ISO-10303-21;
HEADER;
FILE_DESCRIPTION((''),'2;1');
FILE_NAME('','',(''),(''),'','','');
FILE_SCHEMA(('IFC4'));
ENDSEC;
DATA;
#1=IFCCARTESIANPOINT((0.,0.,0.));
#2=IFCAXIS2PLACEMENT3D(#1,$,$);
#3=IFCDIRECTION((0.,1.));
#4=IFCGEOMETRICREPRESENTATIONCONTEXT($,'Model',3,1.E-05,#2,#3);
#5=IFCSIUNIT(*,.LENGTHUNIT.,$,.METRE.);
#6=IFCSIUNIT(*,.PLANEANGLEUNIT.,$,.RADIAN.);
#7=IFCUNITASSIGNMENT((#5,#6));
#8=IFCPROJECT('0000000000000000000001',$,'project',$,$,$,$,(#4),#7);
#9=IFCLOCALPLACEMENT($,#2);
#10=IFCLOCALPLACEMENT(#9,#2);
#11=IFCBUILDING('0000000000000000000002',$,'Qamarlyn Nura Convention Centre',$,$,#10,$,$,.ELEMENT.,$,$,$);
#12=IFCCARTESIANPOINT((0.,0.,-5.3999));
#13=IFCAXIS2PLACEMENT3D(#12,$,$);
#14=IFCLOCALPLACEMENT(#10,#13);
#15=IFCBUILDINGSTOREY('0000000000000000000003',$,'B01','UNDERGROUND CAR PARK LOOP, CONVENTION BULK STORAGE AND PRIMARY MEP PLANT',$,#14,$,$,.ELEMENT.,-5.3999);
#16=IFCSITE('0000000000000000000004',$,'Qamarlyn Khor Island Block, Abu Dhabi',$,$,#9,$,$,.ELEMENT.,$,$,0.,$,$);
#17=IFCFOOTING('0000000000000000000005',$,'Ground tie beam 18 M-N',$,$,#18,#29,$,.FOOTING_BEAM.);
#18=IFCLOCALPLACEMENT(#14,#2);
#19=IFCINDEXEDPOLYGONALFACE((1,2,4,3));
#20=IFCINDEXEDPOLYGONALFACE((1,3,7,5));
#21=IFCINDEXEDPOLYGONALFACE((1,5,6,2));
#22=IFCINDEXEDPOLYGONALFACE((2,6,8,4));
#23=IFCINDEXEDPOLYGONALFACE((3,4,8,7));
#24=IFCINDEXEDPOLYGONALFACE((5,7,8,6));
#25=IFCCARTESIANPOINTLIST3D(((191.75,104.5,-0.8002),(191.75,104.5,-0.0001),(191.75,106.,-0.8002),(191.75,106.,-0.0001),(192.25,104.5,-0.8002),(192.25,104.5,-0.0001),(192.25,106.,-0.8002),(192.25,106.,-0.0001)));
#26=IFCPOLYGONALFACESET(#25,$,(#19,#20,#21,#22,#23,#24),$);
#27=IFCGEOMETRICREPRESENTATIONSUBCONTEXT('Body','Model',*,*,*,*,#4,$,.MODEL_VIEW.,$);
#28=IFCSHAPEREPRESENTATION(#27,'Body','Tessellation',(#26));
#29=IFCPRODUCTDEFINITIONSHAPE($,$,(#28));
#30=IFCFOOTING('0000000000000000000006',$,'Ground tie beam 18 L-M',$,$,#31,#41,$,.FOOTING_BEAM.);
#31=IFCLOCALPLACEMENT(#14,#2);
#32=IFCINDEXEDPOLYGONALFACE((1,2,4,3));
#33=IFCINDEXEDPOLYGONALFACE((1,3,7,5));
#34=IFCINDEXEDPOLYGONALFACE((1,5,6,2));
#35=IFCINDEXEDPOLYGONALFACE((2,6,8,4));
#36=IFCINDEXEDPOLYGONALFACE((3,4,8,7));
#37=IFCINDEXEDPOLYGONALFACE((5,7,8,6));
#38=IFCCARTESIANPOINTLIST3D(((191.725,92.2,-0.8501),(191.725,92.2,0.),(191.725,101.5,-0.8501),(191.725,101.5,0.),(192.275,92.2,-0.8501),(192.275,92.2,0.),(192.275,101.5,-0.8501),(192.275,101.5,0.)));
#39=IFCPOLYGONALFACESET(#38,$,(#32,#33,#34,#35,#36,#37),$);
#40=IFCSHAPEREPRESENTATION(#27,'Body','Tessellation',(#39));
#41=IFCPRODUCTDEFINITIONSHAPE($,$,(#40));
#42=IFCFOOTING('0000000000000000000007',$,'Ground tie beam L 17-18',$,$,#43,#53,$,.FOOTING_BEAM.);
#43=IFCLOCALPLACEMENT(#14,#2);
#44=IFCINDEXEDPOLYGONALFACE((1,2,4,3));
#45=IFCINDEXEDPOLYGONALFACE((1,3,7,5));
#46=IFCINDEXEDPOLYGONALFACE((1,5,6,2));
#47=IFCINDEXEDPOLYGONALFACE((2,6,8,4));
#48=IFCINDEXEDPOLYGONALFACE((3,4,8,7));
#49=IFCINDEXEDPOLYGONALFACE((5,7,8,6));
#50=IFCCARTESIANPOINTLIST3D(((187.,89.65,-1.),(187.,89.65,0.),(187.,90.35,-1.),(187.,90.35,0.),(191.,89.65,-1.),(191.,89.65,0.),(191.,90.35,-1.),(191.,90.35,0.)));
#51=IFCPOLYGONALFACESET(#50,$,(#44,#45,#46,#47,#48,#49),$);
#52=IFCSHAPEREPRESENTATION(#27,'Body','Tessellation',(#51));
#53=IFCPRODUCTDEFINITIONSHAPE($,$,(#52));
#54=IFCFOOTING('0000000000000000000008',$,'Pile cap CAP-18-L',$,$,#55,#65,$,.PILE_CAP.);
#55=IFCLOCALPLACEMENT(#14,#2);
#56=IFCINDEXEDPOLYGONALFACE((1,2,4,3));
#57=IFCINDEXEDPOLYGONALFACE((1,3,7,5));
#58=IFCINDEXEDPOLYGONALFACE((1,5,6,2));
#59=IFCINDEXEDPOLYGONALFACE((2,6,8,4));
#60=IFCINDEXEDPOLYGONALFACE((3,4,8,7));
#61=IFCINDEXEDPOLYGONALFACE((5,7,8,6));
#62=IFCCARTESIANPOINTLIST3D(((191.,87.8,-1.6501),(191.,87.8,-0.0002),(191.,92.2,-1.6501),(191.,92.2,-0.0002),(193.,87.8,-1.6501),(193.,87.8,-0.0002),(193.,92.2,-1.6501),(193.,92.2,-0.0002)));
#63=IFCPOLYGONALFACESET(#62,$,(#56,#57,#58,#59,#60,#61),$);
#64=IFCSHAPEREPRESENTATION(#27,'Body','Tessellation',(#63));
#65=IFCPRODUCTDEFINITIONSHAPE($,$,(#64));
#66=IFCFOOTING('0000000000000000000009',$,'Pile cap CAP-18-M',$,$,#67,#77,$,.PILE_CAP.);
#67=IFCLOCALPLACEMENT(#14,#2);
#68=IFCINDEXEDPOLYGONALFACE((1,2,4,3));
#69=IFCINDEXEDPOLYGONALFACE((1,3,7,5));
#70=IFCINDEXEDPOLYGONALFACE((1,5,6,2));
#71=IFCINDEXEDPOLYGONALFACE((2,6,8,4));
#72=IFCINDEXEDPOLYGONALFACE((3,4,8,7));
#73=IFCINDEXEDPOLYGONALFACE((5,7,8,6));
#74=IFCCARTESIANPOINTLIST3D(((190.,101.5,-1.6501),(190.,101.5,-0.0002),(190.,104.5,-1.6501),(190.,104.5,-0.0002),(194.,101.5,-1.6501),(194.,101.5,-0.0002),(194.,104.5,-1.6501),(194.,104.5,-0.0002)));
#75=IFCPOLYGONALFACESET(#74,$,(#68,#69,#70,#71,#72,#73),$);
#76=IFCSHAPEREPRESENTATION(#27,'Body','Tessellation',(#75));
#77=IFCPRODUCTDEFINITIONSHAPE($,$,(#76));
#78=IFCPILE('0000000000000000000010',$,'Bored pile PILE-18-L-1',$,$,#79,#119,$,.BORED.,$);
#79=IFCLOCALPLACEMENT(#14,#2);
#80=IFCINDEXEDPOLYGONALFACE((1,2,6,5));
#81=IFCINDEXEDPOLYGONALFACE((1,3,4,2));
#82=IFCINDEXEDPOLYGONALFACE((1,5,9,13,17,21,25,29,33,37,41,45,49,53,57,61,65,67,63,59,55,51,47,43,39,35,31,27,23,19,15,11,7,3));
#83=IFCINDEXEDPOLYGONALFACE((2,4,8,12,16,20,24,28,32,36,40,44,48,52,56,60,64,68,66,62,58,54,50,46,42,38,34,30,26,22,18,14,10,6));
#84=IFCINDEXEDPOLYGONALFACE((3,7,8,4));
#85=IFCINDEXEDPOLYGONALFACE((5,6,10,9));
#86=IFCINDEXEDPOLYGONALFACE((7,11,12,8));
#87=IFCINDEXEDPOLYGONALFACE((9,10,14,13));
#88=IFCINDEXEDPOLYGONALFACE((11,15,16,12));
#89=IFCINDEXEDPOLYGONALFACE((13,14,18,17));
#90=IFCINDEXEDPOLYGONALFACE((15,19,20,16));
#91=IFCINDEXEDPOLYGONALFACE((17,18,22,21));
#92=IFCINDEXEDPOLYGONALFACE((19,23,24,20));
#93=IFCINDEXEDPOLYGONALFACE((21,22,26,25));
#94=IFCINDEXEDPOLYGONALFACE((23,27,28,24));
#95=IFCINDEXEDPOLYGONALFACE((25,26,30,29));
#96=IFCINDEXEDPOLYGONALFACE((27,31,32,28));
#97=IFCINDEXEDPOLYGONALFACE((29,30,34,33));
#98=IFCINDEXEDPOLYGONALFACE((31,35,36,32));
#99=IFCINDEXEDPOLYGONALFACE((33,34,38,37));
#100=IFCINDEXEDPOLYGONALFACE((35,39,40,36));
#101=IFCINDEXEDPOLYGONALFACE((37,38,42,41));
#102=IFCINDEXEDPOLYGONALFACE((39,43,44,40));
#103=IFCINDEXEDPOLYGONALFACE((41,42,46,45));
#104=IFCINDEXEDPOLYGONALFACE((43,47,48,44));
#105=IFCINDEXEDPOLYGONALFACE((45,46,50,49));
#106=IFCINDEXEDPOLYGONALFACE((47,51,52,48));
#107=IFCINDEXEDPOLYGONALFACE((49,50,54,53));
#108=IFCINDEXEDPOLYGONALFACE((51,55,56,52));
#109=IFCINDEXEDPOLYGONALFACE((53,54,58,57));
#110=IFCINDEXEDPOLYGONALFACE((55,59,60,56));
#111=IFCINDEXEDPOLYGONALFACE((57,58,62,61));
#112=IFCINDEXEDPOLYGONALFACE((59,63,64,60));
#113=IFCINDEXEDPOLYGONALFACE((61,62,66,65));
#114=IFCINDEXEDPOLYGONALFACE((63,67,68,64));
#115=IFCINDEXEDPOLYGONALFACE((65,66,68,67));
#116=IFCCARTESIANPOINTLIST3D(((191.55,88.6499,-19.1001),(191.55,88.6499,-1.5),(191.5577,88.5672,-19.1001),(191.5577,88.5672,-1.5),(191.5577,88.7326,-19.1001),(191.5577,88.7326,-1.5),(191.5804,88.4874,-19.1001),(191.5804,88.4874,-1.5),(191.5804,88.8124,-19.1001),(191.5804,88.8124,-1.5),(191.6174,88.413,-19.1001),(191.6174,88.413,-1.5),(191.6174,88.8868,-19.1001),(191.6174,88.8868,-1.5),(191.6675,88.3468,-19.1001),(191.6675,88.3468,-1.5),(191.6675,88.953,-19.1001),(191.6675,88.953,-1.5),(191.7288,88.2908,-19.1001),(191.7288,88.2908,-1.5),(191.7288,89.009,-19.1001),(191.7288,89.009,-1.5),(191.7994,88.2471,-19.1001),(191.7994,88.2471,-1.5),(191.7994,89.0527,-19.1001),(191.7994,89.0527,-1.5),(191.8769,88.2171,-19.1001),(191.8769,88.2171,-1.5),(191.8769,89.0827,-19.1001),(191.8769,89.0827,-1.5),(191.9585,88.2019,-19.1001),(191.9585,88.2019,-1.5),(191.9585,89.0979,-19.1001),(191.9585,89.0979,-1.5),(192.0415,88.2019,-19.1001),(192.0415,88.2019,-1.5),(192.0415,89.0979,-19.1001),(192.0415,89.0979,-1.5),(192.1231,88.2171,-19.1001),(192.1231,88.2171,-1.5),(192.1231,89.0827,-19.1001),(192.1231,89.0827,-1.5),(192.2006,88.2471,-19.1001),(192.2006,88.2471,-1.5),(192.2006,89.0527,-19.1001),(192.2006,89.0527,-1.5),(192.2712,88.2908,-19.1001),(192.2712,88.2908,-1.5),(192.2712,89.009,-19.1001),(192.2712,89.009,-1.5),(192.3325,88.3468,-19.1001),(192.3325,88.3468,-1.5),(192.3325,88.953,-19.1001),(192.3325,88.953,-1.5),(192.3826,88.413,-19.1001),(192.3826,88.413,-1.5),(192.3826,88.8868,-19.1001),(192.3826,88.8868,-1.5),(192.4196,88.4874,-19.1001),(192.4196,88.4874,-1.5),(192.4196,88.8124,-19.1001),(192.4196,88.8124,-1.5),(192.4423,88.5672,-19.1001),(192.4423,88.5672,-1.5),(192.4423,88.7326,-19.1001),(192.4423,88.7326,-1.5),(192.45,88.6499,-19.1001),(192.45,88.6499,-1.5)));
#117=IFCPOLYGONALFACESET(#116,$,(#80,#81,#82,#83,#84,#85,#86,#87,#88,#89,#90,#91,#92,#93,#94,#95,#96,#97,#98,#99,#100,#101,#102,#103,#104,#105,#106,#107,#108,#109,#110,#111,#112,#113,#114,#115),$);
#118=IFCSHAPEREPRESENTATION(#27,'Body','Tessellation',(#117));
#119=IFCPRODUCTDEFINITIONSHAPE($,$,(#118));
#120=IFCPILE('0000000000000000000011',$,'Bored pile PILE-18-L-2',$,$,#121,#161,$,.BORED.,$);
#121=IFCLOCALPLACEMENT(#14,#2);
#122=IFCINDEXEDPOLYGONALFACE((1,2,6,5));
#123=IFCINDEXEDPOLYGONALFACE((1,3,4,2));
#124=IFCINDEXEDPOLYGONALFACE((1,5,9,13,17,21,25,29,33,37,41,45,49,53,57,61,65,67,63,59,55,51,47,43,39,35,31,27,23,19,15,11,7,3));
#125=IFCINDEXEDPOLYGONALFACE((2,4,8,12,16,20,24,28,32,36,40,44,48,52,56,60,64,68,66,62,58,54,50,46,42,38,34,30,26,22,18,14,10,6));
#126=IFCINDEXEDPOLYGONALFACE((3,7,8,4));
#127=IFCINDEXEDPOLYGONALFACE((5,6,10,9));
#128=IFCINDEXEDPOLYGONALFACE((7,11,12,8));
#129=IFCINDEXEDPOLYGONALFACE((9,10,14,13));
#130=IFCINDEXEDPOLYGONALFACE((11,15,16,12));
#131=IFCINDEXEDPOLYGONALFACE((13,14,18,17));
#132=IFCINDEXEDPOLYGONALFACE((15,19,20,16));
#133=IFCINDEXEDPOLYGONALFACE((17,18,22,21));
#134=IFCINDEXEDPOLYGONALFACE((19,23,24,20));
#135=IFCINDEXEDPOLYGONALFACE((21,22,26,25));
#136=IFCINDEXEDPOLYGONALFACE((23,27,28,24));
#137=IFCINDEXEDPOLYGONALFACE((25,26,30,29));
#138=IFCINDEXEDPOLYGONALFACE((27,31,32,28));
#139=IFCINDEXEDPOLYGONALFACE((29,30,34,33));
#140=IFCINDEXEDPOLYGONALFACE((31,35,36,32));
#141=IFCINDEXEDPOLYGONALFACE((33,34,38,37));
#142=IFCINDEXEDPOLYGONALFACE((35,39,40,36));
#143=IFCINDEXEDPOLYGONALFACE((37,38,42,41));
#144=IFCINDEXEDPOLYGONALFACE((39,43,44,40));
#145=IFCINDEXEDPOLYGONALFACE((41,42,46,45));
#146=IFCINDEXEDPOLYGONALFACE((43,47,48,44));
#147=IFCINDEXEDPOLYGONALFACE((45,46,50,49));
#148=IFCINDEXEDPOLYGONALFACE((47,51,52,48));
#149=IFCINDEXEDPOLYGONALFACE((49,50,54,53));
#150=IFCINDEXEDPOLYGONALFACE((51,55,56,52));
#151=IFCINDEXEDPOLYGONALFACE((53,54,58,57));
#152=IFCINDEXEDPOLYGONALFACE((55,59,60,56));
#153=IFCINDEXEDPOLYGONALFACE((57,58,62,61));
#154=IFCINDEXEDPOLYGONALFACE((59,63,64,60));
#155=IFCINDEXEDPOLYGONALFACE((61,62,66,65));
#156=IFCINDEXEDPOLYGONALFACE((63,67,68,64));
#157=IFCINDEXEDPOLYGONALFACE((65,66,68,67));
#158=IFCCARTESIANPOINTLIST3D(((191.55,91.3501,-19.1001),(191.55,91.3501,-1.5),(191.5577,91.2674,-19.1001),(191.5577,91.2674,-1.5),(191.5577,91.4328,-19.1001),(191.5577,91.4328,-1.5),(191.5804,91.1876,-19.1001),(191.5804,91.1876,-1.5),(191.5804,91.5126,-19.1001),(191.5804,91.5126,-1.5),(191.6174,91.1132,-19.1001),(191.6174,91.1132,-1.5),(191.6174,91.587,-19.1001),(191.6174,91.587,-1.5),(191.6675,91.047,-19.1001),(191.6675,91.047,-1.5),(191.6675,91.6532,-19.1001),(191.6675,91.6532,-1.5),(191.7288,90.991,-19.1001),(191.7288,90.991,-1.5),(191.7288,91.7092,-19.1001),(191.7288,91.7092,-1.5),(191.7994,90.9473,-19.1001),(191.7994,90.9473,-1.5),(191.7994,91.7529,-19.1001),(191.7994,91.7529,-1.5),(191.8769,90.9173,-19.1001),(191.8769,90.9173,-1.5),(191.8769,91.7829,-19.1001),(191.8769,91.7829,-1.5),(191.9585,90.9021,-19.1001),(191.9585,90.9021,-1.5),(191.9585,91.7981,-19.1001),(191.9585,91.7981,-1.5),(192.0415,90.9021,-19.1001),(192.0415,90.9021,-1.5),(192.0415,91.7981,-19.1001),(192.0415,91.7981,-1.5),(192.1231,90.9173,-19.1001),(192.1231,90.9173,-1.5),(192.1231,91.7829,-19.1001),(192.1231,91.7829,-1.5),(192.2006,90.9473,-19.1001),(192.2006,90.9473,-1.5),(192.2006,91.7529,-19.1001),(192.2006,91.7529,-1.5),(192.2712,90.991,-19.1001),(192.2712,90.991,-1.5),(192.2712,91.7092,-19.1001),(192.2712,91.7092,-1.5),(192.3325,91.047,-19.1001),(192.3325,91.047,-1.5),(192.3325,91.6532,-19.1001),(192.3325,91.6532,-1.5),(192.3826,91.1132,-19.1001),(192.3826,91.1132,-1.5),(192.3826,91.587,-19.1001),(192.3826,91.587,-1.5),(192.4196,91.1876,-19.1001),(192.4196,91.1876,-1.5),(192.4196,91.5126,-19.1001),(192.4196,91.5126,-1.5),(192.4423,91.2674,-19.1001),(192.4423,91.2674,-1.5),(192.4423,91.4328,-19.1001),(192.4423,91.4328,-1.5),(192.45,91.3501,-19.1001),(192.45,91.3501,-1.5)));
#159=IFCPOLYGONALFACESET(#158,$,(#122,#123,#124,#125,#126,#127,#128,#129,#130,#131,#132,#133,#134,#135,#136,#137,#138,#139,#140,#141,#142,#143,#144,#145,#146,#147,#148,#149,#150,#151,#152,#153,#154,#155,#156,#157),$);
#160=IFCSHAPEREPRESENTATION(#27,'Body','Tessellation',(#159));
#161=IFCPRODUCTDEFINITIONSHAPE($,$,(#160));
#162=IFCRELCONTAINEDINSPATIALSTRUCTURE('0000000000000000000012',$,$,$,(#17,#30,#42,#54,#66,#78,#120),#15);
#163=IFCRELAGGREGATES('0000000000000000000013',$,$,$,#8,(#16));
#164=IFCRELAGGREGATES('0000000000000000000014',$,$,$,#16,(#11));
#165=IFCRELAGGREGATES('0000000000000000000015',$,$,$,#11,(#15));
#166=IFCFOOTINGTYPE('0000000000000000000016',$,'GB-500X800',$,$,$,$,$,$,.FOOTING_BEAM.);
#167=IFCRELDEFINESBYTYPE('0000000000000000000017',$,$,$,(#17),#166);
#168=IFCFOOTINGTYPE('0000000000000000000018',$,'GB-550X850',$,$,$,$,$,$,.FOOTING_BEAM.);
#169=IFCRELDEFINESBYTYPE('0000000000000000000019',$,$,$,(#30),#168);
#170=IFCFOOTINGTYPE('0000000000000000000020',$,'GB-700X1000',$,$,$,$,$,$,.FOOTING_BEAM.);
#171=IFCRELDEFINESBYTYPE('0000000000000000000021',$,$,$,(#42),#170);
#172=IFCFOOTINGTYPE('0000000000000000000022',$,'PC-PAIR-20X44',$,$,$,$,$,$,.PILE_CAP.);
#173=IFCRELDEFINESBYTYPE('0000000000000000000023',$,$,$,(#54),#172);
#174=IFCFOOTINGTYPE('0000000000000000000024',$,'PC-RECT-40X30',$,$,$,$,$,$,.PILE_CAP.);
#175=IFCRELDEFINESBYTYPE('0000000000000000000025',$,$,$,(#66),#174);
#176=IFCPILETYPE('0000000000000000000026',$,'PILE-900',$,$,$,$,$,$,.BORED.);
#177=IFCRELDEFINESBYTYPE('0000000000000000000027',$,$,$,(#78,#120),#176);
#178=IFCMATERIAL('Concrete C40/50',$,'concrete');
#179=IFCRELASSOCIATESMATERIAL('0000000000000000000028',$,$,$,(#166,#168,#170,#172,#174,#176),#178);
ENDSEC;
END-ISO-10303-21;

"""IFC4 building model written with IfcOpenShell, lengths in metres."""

from ifc_helpers import new_model, si_unit, direction, frame, origin, origin_2d, place, context, subcontext, project, spatial, rectangle, circle, extrude, material, material_profile, profile_set, type_object, element, save


model = new_model("IFC4")

# Units and contexts
model_context = context("Model", 3, precision=1e-05, world=origin(), true_north=direction((0.0, 1.0)))
body_context = subcontext(model_context, "Body", "Model", "MODEL_VIEW")
ifc_project = project(units=[si_unit("LENGTHUNIT", "METRE"), si_unit("PLANEANGLEUNIT", "RADIAN")], contexts=[model_context])

# Site, building, storey
site_placement = place(None, origin())
site = spatial("IfcSite", under=ifc_project, at=site_placement, Name="Qamarlyn Khor Island Block, Abu Dhabi", CompositionType="ELEMENT", RefElevation=0.0)
building_placement = place(site_placement, origin())
building = spatial("IfcBuilding", under=site, at=building_placement, Name="Qamarlyn Nura Convention Centre", CompositionType="ELEMENT")
storey_placement = place(building_placement, frame((0.0, 0.0, -5.3999)))
storey = spatial("IfcBuildingStorey", under=building, at=storey_placement, Name="B01", Description="UNDERGROUND CAR PARK LOOP, CONVENTION BULK STORAGE AND PRIMARY MEP PLANT", CompositionType="ELEMENT", Elevation=-5.3999)

# Footings
ifc_material_1 = material(Name="Concrete C40/50", Category="concrete")
ifc_material_profile_1 = material_profile(ifc_material_1, rectangle(XDim=0.5, YDim=0.8, at=origin_2d()), Name="RC GB 500x800")
ifc_profile_set_1 = profile_set([ifc_material_profile_1], Name="Concrete C40/50")
footing_type_1 = type_object("IfcFootingType", Name="GB-500X800", PredefinedType="FOOTING_BEAM", material=ifc_profile_set_1)
footing_1_placement = place(storey_placement, frame((192.0, 104.5, -0.4001), z_axis=(0.0, 1.0, 0.0), x_axis=(-1.0, 0.0, 0.0)))
element("IfcFooting", 1, at=footing_1_placement, inside=storey, type_object=footing_type_1, Name="Ground tie beam 18 M-N", PredefinedType="FOOTING_BEAM", context=body_context, shape_type="SweptSolid", body=[
    extrude(rectangle(XDim=0.5, YDim=0.8, at=origin_2d()), origin(), (0.0, 0.0, 1.0), 1.5),
])
ifc_material_profile_2 = material_profile(ifc_material_1, rectangle(XDim=0.55, YDim=0.8501, at=origin_2d()), Name="RC GB 550x850")
ifc_profile_set_2 = profile_set([ifc_material_profile_2], Name="Concrete C40/50")
footing_type_2 = type_object("IfcFootingType", Name="GB-550X850", PredefinedType="FOOTING_BEAM", material=ifc_profile_set_2)
footing_2_placement = place(storey_placement, frame((192.0, 92.2, -0.425), z_axis=(0.0, 1.0, 0.0), x_axis=(-1.0, 0.0, 0.0)))
element("IfcFooting", 2, at=footing_2_placement, inside=storey, type_object=footing_type_2, Name="Ground tie beam 18 L-M", PredefinedType="FOOTING_BEAM", context=body_context, shape_type="SweptSolid", body=[
    extrude(rectangle(XDim=0.55, YDim=0.8501, at=origin_2d()), origin(), (0.0, 0.0, 1.0), 9.3),
])
ifc_material_profile_3 = material_profile(ifc_material_1, rectangle(XDim=0.7, YDim=1.0, at=origin_2d()), Name="RC GB 700x1000")
ifc_profile_set_3 = profile_set([ifc_material_profile_3], Name="Concrete C40/50")
footing_type_3 = type_object("IfcFootingType", Name="GB-700X1000", PredefinedType="FOOTING_BEAM", material=ifc_profile_set_3)
footing_3_placement = place(storey_placement, frame((187.0, 90.0, -0.5), z_axis=(1.0, 0.0, 0.0), x_axis=(0.0, 1.0, 0.0)))
element("IfcFooting", 3, at=footing_3_placement, inside=storey, type_object=footing_type_3, Name="Ground tie beam L 17-18", PredefinedType="FOOTING_BEAM", context=body_context, shape_type="SweptSolid", body=[
    extrude(rectangle(XDim=0.7, YDim=1.0, at=origin_2d()), origin(), (0.0, 0.0, 1.0), 4.0),
])
footing_type_4 = type_object("IfcFootingType", Name="PC-PAIR-20X44", PredefinedType="PILE_CAP", material=ifc_material_1)
footing_4_placement = place(storey_placement, frame((192.0, 90.0, -1.6501), z_axis=(0.0, 0.0, 1.0), x_axis=(1.0, 0.0, 0.0)))
element("IfcFooting", 4, at=footing_4_placement, inside=storey, type_object=footing_type_4, Name="Pile cap CAP-18-L", PredefinedType="PILE_CAP", context=body_context, shape_type="SweptSolid", body=[
    extrude(rectangle(XDim=2.0, YDim=4.3999, at=origin_2d()), origin(), (0.0, 0.0, 1.0), 1.6499),
])
footing_type_5 = type_object("IfcFootingType", Name="PC-RECT-40X30", PredefinedType="PILE_CAP", material=ifc_material_1)
footing_5_placement = place(storey_placement, frame((192.0, 103.0, -1.6501), z_axis=(0.0, 0.0, 1.0), x_axis=(1.0, 0.0, 0.0)))
element("IfcFooting", 5, at=footing_5_placement, inside=storey, type_object=footing_type_5, Name="Pile cap CAP-18-M", PredefinedType="PILE_CAP", context=body_context, shape_type="SweptSolid", body=[
    extrude(rectangle(XDim=4.0, YDim=3.0, at=origin_2d()), origin(), (0.0, 0.0, 1.0), 1.6499),
])

# Piles
ifc_material_profile_4 = material_profile(ifc_material_1, circle(Radius=0.45, at=origin_2d()), Name="BORED PILE 900")
ifc_profile_set_4 = profile_set([ifc_material_profile_4], Name="Concrete C40/50")
pile_type = type_object("IfcPileType", Name="PILE-900", PredefinedType="BORED", material=ifc_profile_set_4)
for number, where, z_axis, x_axis, name in (
    (6, (192.0, 88.6499, -1.5), (0.0, 0.0, -1.0), (1.0, 0.0, 0.0), "Bored pile PILE-18-L-1"),
    (7, (192.0, 91.3501, -1.5), (0.0, 0.0, -1.0), (1.0, 0.0, 0.0), "Bored pile PILE-18-L-2"),
):
    element("IfcPile", number, at=place(storey_placement, frame(where, z_axis=z_axis, x_axis=x_axis)), inside=storey, type_object=pile_type, Name=name, PredefinedType="BORED", context=body_context, shape_type="SweptSolid", body=[
        extrude(circle(Radius=0.45, at=origin_2d()), origin(), (0.0, 0.0, 1.0), 17.6001),
    ])

save(model, "model.ifc")
